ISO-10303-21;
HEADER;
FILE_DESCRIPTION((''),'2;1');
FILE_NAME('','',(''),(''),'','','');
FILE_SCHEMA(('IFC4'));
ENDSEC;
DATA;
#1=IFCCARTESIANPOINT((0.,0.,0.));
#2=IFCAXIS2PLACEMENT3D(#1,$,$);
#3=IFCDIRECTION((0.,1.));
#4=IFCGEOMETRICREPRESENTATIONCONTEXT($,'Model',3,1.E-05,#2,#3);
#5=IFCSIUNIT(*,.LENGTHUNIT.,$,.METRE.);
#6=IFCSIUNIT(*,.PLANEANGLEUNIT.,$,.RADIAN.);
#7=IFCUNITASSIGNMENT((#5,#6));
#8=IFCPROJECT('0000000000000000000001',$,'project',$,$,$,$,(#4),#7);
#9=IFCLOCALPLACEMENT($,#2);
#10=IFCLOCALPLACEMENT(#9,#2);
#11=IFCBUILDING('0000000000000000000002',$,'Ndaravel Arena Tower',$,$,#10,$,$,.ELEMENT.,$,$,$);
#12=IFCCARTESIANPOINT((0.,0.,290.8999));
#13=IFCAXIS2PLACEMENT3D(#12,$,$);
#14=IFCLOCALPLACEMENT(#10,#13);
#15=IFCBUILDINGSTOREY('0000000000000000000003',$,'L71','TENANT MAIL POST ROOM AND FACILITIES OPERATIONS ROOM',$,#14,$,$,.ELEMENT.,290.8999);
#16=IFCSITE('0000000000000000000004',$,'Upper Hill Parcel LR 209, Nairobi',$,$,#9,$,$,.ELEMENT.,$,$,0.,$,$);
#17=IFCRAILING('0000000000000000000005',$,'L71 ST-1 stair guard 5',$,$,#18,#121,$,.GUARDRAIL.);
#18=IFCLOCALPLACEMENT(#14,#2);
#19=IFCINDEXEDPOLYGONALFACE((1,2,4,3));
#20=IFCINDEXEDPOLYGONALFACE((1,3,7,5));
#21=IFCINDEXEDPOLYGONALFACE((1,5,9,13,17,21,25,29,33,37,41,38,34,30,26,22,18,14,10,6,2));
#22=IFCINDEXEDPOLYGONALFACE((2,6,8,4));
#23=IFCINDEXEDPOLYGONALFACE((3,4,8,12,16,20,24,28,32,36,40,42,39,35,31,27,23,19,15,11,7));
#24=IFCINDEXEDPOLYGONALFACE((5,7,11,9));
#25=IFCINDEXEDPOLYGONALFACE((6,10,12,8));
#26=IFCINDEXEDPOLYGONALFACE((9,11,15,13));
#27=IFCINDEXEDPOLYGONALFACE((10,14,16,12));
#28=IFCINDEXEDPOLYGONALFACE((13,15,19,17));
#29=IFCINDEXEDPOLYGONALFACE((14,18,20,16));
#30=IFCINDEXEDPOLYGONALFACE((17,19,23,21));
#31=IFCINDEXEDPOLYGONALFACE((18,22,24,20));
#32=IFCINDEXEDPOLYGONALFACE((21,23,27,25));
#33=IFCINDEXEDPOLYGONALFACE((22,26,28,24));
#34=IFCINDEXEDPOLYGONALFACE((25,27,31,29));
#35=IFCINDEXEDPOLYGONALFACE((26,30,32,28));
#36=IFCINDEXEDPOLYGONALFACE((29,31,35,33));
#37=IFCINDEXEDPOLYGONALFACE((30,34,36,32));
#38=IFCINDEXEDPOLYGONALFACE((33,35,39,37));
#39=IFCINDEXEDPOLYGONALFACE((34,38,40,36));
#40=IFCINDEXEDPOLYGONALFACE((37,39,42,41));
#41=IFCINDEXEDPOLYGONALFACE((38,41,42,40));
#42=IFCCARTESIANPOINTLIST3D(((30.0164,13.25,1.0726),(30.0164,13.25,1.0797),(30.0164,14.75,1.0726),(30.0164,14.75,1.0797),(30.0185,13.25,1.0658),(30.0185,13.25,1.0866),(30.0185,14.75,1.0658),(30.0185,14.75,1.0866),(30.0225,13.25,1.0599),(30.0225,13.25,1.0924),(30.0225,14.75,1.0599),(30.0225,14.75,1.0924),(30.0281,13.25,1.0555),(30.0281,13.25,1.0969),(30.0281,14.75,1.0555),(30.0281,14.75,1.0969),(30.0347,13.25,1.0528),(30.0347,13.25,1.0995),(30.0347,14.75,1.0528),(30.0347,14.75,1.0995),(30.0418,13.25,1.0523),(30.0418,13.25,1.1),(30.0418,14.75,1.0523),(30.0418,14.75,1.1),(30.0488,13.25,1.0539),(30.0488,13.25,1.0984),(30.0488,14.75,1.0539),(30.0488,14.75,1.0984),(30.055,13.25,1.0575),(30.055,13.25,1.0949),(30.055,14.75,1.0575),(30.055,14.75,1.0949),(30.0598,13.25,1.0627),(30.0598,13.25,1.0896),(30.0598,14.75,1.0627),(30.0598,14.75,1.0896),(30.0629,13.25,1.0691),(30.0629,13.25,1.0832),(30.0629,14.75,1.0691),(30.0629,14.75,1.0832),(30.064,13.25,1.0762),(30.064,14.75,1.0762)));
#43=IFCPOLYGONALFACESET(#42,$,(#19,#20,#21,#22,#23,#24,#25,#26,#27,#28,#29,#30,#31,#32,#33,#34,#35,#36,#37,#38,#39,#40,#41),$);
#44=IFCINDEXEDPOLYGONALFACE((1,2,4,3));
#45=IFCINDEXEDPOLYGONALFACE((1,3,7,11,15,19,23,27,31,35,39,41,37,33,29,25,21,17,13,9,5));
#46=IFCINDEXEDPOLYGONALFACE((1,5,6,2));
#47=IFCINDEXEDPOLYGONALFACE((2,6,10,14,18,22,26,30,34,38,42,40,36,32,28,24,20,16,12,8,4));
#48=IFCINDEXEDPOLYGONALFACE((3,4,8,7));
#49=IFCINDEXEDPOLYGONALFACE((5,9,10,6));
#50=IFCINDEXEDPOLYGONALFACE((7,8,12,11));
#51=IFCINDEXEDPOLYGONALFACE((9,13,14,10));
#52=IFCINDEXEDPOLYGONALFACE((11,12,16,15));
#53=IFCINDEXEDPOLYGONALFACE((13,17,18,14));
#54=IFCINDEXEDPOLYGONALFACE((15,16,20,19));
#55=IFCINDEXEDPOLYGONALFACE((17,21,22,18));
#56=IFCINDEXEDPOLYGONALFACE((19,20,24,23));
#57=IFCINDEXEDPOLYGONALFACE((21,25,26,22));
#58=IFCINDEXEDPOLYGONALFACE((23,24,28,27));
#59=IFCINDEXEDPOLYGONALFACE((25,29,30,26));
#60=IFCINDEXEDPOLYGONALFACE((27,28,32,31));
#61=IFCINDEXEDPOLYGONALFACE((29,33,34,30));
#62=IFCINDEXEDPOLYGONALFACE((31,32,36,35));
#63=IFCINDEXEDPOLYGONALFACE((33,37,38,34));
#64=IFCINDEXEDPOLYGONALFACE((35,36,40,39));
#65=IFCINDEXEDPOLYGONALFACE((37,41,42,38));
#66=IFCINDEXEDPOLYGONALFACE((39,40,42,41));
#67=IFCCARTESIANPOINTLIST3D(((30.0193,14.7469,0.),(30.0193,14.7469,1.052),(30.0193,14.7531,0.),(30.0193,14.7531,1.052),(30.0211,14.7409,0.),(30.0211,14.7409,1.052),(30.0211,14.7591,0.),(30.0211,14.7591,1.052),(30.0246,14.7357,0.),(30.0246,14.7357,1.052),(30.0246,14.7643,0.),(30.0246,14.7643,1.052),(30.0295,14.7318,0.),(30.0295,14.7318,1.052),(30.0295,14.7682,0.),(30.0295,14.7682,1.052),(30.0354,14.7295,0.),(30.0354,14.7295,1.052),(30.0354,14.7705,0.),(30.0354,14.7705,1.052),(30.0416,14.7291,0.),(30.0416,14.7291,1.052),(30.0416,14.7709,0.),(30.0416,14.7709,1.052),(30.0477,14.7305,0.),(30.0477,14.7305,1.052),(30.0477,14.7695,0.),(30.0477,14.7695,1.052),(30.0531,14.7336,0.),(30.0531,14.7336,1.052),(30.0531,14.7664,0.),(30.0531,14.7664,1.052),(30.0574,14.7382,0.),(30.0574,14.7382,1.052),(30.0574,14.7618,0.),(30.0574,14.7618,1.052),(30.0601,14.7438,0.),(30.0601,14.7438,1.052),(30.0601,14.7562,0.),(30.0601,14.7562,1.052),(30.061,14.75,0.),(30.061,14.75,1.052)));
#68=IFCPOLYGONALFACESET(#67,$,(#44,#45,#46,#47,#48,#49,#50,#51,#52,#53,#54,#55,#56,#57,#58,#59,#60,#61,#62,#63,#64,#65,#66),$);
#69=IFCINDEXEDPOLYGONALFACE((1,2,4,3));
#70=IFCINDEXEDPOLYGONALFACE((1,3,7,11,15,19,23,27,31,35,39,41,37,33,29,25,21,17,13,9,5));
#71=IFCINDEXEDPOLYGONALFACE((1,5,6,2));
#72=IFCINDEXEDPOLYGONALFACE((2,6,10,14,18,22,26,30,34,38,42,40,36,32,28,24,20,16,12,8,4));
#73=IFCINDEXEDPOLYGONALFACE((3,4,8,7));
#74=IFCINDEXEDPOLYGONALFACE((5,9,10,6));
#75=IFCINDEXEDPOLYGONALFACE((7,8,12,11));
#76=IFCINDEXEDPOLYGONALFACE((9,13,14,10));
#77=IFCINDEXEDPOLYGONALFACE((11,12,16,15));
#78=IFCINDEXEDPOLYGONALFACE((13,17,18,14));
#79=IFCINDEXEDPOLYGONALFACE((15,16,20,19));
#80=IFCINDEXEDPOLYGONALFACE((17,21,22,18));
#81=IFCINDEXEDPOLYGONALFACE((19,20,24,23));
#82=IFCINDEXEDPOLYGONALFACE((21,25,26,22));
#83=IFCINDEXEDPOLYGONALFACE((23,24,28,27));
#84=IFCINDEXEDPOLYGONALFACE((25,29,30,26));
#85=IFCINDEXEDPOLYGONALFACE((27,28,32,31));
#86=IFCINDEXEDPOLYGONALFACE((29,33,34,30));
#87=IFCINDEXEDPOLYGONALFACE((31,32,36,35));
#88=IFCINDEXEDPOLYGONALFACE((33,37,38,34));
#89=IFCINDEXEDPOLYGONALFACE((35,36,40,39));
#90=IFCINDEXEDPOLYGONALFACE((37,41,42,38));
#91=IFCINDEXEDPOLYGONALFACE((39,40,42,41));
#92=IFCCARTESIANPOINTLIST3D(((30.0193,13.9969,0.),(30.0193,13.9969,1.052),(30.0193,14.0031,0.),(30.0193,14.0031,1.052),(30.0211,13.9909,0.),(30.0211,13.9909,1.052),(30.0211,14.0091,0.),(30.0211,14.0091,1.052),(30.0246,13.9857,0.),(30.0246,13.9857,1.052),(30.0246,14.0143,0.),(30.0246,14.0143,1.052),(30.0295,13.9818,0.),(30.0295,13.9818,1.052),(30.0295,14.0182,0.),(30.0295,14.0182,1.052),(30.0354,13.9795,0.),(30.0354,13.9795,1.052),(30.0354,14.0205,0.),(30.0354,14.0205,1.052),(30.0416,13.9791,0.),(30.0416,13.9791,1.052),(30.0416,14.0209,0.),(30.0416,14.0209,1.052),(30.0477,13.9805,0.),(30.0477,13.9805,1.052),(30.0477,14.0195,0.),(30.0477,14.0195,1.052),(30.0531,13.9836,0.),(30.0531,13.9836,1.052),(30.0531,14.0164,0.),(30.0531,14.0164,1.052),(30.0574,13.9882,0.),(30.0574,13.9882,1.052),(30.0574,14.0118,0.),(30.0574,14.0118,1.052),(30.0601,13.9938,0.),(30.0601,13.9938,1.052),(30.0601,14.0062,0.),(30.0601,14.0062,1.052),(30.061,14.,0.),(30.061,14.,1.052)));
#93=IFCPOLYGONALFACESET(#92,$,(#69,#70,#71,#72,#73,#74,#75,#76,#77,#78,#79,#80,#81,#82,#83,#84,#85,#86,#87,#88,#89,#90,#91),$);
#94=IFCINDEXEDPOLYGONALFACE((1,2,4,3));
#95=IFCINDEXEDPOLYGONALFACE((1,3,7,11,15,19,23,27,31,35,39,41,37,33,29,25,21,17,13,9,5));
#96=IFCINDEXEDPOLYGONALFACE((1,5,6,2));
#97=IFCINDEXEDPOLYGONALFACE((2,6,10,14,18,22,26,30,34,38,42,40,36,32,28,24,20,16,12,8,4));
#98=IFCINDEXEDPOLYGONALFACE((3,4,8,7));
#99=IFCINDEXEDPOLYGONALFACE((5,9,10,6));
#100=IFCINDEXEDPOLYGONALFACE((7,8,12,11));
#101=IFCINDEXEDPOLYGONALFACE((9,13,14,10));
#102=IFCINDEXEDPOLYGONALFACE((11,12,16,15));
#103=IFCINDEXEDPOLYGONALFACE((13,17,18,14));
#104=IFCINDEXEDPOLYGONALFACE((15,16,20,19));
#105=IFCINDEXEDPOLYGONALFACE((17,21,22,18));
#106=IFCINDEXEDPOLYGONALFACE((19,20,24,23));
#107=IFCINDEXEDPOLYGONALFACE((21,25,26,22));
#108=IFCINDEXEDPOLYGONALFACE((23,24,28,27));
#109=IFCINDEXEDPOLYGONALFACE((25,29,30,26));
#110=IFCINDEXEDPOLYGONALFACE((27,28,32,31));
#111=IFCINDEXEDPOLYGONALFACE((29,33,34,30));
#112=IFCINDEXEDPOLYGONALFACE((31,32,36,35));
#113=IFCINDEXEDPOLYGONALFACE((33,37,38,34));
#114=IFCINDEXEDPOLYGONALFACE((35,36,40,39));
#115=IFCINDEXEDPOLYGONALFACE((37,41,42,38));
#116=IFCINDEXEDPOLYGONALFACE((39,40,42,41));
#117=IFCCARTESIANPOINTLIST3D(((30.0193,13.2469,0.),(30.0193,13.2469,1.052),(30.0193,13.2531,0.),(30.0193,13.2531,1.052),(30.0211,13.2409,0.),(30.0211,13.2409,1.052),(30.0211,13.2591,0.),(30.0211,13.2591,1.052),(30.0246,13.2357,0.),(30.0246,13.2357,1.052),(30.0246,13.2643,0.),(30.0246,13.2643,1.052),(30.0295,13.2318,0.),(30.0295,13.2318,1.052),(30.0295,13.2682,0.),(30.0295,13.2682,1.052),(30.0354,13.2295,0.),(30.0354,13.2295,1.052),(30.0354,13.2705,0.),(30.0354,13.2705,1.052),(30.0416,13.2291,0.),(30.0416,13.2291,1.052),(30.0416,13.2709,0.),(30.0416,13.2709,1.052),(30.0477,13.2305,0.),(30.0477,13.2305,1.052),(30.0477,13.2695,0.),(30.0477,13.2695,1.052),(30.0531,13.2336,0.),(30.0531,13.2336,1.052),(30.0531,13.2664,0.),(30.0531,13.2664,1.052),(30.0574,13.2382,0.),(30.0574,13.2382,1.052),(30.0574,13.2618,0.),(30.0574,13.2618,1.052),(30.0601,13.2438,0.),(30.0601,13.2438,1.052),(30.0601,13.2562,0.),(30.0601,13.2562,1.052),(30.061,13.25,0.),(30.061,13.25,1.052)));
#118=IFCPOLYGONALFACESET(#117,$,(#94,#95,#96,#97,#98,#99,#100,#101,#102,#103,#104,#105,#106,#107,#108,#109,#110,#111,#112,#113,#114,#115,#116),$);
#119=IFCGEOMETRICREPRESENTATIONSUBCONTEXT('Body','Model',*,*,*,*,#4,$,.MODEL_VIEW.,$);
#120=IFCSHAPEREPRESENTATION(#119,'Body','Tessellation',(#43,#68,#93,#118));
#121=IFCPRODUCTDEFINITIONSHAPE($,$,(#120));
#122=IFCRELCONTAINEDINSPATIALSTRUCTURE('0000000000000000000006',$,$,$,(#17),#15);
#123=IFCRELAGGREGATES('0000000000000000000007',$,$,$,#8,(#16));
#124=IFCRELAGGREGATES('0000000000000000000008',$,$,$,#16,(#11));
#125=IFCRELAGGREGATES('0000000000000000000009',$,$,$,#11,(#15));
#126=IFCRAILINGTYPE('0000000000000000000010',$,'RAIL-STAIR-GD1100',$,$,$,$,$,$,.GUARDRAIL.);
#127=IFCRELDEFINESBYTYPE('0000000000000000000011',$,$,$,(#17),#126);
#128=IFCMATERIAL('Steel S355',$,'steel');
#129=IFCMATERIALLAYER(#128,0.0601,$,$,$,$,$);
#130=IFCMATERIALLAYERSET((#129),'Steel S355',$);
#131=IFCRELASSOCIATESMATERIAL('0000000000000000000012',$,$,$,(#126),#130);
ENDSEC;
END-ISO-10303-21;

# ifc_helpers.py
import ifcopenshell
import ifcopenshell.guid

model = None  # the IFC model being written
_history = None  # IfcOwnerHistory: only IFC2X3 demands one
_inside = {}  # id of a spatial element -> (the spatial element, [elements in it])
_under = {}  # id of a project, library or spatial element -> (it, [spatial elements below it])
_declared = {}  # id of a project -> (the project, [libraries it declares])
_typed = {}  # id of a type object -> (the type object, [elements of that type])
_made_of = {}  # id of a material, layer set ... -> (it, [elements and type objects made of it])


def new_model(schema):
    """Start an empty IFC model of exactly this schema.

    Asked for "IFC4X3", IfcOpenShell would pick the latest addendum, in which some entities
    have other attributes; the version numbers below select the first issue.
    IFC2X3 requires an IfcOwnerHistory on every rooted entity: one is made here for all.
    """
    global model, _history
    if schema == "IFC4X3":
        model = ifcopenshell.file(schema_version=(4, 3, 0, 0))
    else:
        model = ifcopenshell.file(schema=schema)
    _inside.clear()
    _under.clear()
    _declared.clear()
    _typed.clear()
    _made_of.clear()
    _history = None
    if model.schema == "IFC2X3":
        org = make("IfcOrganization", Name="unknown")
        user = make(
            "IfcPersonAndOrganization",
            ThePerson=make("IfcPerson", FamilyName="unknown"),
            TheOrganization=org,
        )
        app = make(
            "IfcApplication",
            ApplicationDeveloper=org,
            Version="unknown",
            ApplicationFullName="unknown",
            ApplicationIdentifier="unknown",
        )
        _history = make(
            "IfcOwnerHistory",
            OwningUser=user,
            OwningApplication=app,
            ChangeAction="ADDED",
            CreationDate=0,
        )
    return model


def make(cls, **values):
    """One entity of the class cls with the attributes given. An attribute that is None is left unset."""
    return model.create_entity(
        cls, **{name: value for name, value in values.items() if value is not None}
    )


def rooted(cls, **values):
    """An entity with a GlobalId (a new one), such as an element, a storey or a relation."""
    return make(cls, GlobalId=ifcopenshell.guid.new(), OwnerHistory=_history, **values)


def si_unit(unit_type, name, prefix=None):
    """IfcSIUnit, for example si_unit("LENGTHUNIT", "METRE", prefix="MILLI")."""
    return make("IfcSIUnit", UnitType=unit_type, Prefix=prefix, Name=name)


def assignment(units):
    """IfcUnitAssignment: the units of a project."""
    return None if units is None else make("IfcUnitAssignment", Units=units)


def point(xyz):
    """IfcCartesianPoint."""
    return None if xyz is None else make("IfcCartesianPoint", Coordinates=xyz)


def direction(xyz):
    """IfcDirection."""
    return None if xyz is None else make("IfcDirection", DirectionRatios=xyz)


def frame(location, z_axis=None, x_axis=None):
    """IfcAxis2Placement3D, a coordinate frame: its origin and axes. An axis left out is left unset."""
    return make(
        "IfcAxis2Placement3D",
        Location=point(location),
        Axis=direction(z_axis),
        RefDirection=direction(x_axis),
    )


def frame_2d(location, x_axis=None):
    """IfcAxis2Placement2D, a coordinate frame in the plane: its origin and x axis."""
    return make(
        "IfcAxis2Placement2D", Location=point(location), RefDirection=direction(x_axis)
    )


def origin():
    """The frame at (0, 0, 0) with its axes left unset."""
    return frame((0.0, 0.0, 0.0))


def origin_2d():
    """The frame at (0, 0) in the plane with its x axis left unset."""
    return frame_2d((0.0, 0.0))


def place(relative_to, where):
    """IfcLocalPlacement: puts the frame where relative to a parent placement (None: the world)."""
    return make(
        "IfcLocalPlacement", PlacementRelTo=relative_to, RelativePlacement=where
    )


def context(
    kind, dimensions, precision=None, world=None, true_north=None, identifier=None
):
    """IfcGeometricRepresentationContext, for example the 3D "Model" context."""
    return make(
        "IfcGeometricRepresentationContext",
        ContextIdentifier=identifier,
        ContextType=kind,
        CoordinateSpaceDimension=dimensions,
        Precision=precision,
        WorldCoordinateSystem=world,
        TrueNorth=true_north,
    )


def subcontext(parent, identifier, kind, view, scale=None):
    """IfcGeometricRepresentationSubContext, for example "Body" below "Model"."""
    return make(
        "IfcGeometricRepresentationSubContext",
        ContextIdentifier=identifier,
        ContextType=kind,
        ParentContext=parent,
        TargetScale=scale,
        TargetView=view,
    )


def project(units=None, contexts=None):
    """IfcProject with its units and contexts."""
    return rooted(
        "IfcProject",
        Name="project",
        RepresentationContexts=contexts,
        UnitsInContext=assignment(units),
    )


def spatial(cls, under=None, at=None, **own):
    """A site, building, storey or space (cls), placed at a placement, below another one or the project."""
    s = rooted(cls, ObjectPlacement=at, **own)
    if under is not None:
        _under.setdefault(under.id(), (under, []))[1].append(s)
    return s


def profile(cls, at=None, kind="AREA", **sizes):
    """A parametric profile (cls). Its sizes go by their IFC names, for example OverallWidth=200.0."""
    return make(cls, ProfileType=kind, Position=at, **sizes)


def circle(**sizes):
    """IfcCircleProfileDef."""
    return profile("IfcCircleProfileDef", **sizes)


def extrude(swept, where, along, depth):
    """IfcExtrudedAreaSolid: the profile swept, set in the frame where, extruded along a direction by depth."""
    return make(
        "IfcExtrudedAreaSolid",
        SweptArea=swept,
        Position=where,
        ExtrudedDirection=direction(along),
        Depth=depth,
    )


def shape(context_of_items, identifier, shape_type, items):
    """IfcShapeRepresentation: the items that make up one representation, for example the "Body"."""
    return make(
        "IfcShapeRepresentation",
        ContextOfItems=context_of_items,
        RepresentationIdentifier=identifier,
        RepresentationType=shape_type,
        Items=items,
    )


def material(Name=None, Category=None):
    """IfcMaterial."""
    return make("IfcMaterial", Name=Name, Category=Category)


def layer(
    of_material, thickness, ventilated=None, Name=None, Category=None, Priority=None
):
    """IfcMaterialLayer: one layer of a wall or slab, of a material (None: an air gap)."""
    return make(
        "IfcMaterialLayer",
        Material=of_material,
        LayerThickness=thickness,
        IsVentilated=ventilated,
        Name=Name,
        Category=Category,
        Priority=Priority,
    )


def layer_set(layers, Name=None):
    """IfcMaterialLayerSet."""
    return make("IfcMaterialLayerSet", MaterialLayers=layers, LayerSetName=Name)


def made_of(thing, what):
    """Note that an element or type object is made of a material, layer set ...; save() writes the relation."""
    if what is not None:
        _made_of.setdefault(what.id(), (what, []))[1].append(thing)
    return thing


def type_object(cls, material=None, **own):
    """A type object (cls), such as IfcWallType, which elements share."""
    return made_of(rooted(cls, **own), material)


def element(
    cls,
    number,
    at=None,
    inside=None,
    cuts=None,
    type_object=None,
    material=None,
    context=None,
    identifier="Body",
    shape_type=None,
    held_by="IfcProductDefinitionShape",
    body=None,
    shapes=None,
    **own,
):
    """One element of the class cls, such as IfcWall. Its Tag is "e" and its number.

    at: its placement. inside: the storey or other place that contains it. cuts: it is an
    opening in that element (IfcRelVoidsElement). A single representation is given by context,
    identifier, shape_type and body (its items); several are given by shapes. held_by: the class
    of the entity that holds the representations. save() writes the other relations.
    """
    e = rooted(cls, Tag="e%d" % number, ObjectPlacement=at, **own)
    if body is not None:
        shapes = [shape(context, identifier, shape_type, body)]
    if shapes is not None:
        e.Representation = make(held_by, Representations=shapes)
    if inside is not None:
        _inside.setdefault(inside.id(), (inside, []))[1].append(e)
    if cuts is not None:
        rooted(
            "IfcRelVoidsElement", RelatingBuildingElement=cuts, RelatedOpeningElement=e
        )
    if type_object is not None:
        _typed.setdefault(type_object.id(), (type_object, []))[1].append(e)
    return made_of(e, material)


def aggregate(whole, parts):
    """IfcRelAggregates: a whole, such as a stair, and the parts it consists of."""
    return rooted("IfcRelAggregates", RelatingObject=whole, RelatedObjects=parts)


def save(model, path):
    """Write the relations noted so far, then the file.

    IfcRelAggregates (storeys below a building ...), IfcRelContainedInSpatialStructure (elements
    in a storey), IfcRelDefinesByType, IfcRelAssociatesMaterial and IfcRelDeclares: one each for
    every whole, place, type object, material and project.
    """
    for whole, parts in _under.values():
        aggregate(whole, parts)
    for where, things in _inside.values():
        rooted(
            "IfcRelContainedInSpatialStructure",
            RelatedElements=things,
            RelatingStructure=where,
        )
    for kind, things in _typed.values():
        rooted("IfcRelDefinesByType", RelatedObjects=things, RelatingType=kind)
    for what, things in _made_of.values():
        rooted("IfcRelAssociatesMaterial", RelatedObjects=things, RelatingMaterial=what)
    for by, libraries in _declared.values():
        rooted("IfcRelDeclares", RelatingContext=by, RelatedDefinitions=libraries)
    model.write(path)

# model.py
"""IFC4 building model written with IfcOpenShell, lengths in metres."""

from ifc_helpers import new_model, si_unit, direction, frame, origin, origin_2d, place, context, subcontext, project, spatial, circle, extrude, material, layer, layer_set, type_object, element, save


model = new_model("IFC4")

# Units and contexts
model_context = context("Model", 3, precision=1e-05, world=origin(), true_north=direction((0.0, 1.0)))
body_context = subcontext(model_context, "Body", "Model", "MODEL_VIEW")
ifc_project = project(units=[si_unit("LENGTHUNIT", "METRE"), si_unit("PLANEANGLEUNIT", "RADIAN")], contexts=[model_context])

# Site, building, storey
site_placement = place(None, origin())
site = spatial("IfcSite", under=ifc_project, at=site_placement, Name="Upper Hill Parcel LR 209, Nairobi", CompositionType="ELEMENT", RefElevation=0.0)
building_placement = place(site_placement, origin())
building = spatial("IfcBuilding", under=site, at=building_placement, Name="Ndaravel Arena Tower", CompositionType="ELEMENT")
storey_placement = place(building_placement, frame((0.0, 0.0, 290.8999)))
storey = spatial("IfcBuildingStorey", under=building, at=storey_placement, Name="L71", Description="TENANT MAIL POST ROOM AND FACILITIES OPERATIONS ROOM", CompositionType="ELEMENT", Elevation=290.8999)

# Railing
ifc_material_1 = material(Name="Steel S355", Category="steel")
ifc_layer_1 = layer(ifc_material_1, 0.0601)
ifc_layer_set_1 = layer_set([ifc_layer_1], Name="Steel S355")
railing_type = type_object("IfcRailingType", Name="RAIL-STAIR-GD1100", PredefinedType="GUARDRAIL", material=ifc_layer_set_1)
railing_1_placement = place(storey_placement, frame((30.04, 14.75, 0.0)))
element("IfcRailing", 1, at=railing_1_placement, inside=storey, type_object=railing_type, Name="L71 ST-1 stair guard 5", PredefinedType="GUARDRAIL", context=body_context, shape_type="SweptSolid", body=[
    extrude(circle(Radius=0.0239, at=origin_2d()), frame((0.0, 0.0, 1.0762), z_axis=(0.0, -1.0, 0.0), x_axis=(1.0, 0.0, 0.0)), (0.0, 0.0, 1.0), 1.5),
    extrude(circle(Radius=0.021, at=origin_2d()), origin(), (0.0, 0.0, 1.0), 1.052),
    extrude(circle(Radius=0.021, at=origin_2d()), frame((0.0, -0.75, 0.0)), (0.0, 0.0, 1.0), 1.052),
    extrude(circle(Radius=0.021, at=origin_2d()), frame((0.0, -1.5, 0.0)), (0.0, 0.0, 1.0), 1.052),
])

save(model, "model.ifc")
